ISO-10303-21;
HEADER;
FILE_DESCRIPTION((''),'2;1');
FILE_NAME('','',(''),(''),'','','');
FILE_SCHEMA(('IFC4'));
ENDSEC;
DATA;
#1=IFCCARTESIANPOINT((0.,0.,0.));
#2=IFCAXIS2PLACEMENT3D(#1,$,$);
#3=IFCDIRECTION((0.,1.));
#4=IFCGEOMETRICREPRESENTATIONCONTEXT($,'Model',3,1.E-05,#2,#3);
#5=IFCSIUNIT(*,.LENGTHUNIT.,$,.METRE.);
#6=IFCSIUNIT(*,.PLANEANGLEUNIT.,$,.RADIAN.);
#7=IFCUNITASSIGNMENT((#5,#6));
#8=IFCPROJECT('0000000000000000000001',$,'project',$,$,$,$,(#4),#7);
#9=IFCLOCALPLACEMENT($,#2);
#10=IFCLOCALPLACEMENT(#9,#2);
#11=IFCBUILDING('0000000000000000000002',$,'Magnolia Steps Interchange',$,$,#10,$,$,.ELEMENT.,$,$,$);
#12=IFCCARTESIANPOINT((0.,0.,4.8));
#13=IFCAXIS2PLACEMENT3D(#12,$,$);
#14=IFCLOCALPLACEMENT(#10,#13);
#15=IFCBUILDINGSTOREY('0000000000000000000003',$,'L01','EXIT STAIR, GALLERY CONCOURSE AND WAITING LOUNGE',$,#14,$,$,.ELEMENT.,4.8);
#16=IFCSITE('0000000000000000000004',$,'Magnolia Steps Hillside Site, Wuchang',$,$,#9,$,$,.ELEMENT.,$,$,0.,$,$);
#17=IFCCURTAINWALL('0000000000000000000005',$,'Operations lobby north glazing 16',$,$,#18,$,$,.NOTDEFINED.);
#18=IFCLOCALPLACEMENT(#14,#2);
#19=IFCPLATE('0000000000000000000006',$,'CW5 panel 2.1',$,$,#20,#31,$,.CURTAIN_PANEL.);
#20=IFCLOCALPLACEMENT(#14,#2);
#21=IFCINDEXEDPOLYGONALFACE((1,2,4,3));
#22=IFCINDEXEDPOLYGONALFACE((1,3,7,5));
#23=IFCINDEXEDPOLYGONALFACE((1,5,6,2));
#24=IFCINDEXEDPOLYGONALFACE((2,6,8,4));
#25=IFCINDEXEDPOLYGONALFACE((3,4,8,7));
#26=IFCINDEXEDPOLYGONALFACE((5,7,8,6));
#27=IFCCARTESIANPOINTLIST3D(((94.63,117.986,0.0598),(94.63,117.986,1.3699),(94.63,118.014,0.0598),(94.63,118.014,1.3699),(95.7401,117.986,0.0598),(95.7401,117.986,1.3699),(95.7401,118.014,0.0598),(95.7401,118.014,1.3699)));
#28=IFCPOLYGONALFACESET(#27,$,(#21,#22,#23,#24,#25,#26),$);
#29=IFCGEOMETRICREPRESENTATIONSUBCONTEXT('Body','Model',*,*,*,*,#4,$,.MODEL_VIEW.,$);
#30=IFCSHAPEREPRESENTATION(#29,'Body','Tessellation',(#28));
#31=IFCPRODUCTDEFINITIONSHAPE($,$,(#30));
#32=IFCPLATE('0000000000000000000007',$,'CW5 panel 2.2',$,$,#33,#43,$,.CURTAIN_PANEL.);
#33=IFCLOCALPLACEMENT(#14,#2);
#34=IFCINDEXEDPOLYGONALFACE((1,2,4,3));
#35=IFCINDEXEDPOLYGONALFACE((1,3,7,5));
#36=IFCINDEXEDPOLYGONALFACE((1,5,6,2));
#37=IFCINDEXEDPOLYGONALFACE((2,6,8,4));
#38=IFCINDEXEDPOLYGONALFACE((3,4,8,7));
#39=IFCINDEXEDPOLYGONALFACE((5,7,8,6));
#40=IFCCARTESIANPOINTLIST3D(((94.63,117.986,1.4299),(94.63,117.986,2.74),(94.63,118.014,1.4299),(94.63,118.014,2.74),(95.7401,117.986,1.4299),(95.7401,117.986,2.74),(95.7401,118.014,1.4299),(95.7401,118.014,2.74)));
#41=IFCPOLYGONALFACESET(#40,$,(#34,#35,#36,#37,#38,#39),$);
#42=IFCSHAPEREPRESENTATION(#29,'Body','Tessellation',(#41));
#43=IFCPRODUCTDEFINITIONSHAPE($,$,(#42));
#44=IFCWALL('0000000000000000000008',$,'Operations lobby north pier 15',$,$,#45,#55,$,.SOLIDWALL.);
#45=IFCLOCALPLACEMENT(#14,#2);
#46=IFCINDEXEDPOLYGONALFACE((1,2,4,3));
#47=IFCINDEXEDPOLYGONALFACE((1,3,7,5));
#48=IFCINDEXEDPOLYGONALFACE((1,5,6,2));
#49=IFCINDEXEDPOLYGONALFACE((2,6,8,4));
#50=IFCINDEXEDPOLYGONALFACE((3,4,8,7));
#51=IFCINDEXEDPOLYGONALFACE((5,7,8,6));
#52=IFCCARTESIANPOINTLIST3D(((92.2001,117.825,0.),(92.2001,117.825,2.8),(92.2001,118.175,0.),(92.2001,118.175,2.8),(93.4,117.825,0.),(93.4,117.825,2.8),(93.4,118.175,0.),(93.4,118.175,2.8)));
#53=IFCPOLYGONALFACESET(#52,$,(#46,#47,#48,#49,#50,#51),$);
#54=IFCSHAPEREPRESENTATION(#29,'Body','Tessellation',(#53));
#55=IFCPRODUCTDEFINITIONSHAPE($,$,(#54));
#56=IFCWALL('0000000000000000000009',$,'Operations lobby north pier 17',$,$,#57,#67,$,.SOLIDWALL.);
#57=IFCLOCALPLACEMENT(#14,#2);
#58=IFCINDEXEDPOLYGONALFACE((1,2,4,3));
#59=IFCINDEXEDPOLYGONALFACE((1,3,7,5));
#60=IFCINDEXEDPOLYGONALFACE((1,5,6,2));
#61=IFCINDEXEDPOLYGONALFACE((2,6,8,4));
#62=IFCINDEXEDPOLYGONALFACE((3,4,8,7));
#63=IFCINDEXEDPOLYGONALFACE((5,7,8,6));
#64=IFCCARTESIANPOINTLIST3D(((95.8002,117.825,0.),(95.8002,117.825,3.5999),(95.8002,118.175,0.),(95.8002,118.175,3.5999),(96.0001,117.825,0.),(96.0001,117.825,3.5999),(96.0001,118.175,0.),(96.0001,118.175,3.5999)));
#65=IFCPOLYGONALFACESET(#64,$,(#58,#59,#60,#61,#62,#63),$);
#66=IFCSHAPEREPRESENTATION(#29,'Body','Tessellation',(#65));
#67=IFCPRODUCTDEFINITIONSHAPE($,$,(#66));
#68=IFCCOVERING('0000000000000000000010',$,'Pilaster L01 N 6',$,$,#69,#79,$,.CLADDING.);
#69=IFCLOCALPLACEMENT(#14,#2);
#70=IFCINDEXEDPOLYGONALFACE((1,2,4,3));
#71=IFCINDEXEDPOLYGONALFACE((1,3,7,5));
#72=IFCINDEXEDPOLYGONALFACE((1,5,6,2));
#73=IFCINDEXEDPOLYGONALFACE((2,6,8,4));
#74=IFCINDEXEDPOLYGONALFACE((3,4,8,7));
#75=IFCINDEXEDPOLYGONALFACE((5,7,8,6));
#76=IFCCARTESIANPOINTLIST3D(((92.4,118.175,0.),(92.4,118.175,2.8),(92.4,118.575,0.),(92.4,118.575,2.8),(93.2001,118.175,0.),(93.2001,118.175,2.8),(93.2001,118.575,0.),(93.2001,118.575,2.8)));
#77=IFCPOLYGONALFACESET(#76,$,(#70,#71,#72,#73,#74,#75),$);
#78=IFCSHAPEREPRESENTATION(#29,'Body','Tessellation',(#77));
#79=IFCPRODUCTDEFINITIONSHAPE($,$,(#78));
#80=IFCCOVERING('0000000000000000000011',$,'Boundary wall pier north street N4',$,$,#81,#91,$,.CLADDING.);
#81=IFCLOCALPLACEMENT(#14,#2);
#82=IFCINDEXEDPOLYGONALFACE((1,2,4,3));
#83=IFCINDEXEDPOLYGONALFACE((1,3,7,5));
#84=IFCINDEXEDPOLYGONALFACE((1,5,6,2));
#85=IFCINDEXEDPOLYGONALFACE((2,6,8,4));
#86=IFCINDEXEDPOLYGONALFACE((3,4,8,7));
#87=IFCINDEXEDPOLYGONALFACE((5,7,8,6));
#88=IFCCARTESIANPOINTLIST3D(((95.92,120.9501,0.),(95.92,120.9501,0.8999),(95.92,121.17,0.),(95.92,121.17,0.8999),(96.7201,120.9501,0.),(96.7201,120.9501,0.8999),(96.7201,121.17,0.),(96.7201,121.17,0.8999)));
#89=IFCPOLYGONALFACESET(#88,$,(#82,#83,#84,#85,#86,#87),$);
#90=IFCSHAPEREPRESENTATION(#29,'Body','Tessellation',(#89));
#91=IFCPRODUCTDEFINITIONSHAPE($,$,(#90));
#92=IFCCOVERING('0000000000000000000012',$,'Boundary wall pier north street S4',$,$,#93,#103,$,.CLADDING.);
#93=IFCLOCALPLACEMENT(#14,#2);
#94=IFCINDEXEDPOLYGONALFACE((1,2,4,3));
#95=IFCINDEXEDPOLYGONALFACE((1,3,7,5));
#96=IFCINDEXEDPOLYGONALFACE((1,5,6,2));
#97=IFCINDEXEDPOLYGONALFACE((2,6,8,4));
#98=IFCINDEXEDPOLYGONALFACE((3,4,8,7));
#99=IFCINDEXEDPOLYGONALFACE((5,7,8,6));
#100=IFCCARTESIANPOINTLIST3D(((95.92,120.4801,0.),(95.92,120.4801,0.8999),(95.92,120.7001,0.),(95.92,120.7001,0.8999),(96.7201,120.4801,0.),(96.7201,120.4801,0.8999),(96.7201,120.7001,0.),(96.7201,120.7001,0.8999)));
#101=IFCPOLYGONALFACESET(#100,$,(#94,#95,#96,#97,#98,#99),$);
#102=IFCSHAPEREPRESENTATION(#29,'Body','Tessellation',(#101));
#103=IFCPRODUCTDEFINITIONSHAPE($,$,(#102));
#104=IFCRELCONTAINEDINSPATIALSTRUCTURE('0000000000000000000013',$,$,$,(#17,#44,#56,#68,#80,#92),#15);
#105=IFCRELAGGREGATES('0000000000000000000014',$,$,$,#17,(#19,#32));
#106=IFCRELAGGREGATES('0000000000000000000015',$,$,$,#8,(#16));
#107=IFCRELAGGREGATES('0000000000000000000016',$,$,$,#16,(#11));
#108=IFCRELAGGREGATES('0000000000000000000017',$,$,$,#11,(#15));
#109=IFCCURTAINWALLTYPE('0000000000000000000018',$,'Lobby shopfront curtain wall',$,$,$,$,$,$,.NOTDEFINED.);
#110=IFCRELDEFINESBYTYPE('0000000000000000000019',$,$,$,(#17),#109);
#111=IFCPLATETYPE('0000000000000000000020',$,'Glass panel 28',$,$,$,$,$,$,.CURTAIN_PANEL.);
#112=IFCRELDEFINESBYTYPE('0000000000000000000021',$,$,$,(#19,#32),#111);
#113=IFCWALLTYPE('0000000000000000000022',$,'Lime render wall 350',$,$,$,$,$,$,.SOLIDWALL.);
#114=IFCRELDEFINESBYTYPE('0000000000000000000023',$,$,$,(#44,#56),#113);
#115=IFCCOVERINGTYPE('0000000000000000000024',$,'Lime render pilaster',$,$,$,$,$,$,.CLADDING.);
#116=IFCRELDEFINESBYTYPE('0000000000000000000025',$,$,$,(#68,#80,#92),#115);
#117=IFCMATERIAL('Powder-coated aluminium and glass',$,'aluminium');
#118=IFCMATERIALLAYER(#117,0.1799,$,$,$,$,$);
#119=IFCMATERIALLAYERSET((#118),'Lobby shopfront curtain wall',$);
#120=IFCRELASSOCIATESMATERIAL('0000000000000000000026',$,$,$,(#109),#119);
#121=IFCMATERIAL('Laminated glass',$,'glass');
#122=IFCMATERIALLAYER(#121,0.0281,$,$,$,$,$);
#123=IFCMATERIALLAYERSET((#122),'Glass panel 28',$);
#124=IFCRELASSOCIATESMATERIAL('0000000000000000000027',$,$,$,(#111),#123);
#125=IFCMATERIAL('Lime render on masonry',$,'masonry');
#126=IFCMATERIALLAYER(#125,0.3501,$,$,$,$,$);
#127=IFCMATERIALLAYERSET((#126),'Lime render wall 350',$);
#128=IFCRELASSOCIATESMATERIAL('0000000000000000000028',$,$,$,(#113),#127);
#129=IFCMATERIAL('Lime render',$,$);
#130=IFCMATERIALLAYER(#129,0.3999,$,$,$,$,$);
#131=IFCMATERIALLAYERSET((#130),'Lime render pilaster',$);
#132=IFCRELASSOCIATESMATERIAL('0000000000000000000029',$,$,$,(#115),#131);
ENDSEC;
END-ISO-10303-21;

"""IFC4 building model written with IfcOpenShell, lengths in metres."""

from ifc_helpers import new_model, si_unit, direction, frame, frame_2d, origin, origin_2d, place, context, subcontext, project, spatial, rectangle, extrude, material, layer, layer_set, type_object, element, aggregate, save


model = new_model("IFC4")

# Units and contexts
model_context = context("Model", 3, precision=1e-05, world=origin(), true_north=direction((0.0, 1.0)))
body_context = subcontext(model_context, "Body", "Model", "MODEL_VIEW")
ifc_project = project(units=[si_unit("LENGTHUNIT", "METRE"), si_unit("PLANEANGLEUNIT", "RADIAN")], contexts=[model_context])

# Site, building, storey
site_placement = place(None, origin())
site = spatial("IfcSite", under=ifc_project, at=site_placement, Name="Magnolia Steps Hillside Site, Wuchang", CompositionType="ELEMENT", RefElevation=0.0)
building_placement = place(site_placement, origin())
building = spatial("IfcBuilding", under=site, at=building_placement, Name="Magnolia Steps Interchange", CompositionType="ELEMENT")
storey_placement = place(building_placement, frame((0.0, 0.0, 4.8)))
storey = spatial("IfcBuildingStorey", under=building, at=storey_placement, Name="L01", Description="EXIT STAIR, GALLERY CONCOURSE AND WAITING LOUNGE", CompositionType="ELEMENT", Elevation=4.8)

# Shared definitions
ifc_material_1 = material(Name="Powder-coated aluminium and glass", Category="aluminium")
ifc_layer_1 = layer(ifc_material_1, 0.1799)
ifc_layer_set_1 = layer_set([ifc_layer_1], Name="Lobby shopfront curtain wall")
curtain_wall_type = type_object("IfcCurtainWallType", Name="Lobby shopfront curtain wall", PredefinedType="NOTDEFINED", material=ifc_layer_set_1)

# Curtain wall
curtain_wall_1_placement = place(storey_placement, origin())
curtain_wall_1 = element("IfcCurtainWall", 1, at=curtain_wall_1_placement, inside=storey, type_object=curtain_wall_type, Name="Operations lobby north glazing 16", PredefinedType="NOTDEFINED")

# Plates
ifc_material_2 = material(Name="Laminated glass", Category="glass")
ifc_layer_2 = layer(ifc_material_2, 0.0281)
ifc_layer_set_2 = layer_set([ifc_layer_2], Name="Glass panel 28")
plate_type = type_object("IfcPlateType", Name="Glass panel 28", PredefinedType="CURTAIN_PANEL", material=ifc_layer_set_2)
plate_1_placement = place(storey_placement, frame((95.1851, 118.0, 0.0598), z_axis=(0.0, 0.0, 1.0), x_axis=(1.0, 0.0, 0.0)))
plate_1 = element("IfcPlate", 2, at=plate_1_placement, type_object=plate_type, Name="CW5 panel 2.1", PredefinedType="CURTAIN_PANEL", context=body_context, shape_type="SweptSolid", body=[
    extrude(rectangle(XDim=1.1101, YDim=0.0281, at=origin_2d()), origin(), (0.0, 0.0, 1.0), 1.3101),
])
plate_2_placement = place(storey_placement, frame((95.1851, 118.0, 1.4299), z_axis=(0.0, 0.0, 1.0), x_axis=(1.0, 0.0, 0.0)))
plate_2 = element("IfcPlate", 3, at=plate_2_placement, type_object=plate_type, Name="CW5 panel 2.2", PredefinedType="CURTAIN_PANEL", context=body_context, shape_type="SweptSolid", body=[
    extrude(rectangle(XDim=1.1101, YDim=0.0281, at=origin_2d()), origin(), (0.0, 0.0, 1.0), 1.3101),
])
aggregate(curtain_wall_1, [plate_1, plate_2])

# Walls
ifc_material_3 = material(Name="Lime render on masonry", Category="masonry")
ifc_layer_3 = layer(ifc_material_3, 0.3501)
ifc_layer_set_3 = layer_set([ifc_layer_3], Name="Lime render wall 350")
wall_type = type_object("IfcWallType", Name="Lime render wall 350", PredefinedType="SOLIDWALL", material=ifc_layer_set_3)
wall_1_placement = place(storey_placement, frame((92.2, 118.0, 0.0), z_axis=(0.0, 0.0, 1.0), x_axis=(1.0, 0.0, 0.0)))
element("IfcWall", 4, at=wall_1_placement, inside=storey, type_object=wall_type, Name="Operations lobby north pier 15", PredefinedType="SOLIDWALL", context=body_context, shape_type="SweptSolid", body=[
    extrude(rectangle(XDim=1.2, YDim=0.3501, at=frame_2d((0.6001, 0.0))), origin(), (0.0, 0.0, 1.0), 2.8),
])
wall_2_placement = place(storey_placement, frame((95.8, 118.0, 0.0), z_axis=(0.0, 0.0, 1.0), x_axis=(1.0, 0.0, 0.0)))
element("IfcWall", 5, at=wall_2_placement, inside=storey, type_object=wall_type, Name="Operations lobby north pier 17", PredefinedType="SOLIDWALL", context=body_context, shape_type="SweptSolid", body=[
    extrude(rectangle(XDim=0.2, YDim=0.3501, at=frame_2d((0.1001, 0.0))), origin(), (0.0, 0.0, 1.0), 3.5999),
])

# Coverings
ifc_material_4 = material(Name="Lime render")
ifc_layer_4 = layer(ifc_material_4, 0.3999)
ifc_layer_set_4 = layer_set([ifc_layer_4], Name="Lime render pilaster")
covering_type_1 = type_object("IfcCoveringType", Name="Lime render pilaster", PredefinedType="CLADDING", material=ifc_layer_set_4)
covering_1_placement = place(storey_placement, frame((92.8, 118.375, 0.0), z_axis=(0.0, 0.0, 1.0), x_axis=(1.0, 0.0, 0.0)))
element("IfcCovering", 6, at=covering_1_placement, inside=storey, type_object=covering_type_1, Name="Pilaster L01 N 6", PredefinedType="CLADDING", context=body_context, shape_type="SweptSolid", body=[
    extrude(rectangle(XDim=0.8, YDim=0.3999, at=origin_2d()), origin(), (0.0, 0.0, 1.0), 2.8),
])
for number, where, z_axis, x_axis, name in (
    (7, (96.3201, 121.0601, 0.0), (0.0, 0.0, 1.0), (1.0, 0.0, 0.0), "Boundary wall pier north street N4"),
    (8, (96.3201, 120.5901, 0.0), (0.0, 0.0, 1.0), (1.0, 0.0, 0.0), "Boundary wall pier north street S4"),
):
    element("IfcCovering", number, at=place(storey_placement, frame(where, z_axis=z_axis, x_axis=x_axis)), inside=storey, type_object=covering_type_1, Name=name, PredefinedType="CLADDING", context=body_context, shape_type="SweptSolid", body=[
        extrude(rectangle(XDim=0.8, YDim=0.22, at=origin_2d()), origin(), (0.0, 0.0, 1.0), 0.8999),
    ])

save(model, "model.ifc")
